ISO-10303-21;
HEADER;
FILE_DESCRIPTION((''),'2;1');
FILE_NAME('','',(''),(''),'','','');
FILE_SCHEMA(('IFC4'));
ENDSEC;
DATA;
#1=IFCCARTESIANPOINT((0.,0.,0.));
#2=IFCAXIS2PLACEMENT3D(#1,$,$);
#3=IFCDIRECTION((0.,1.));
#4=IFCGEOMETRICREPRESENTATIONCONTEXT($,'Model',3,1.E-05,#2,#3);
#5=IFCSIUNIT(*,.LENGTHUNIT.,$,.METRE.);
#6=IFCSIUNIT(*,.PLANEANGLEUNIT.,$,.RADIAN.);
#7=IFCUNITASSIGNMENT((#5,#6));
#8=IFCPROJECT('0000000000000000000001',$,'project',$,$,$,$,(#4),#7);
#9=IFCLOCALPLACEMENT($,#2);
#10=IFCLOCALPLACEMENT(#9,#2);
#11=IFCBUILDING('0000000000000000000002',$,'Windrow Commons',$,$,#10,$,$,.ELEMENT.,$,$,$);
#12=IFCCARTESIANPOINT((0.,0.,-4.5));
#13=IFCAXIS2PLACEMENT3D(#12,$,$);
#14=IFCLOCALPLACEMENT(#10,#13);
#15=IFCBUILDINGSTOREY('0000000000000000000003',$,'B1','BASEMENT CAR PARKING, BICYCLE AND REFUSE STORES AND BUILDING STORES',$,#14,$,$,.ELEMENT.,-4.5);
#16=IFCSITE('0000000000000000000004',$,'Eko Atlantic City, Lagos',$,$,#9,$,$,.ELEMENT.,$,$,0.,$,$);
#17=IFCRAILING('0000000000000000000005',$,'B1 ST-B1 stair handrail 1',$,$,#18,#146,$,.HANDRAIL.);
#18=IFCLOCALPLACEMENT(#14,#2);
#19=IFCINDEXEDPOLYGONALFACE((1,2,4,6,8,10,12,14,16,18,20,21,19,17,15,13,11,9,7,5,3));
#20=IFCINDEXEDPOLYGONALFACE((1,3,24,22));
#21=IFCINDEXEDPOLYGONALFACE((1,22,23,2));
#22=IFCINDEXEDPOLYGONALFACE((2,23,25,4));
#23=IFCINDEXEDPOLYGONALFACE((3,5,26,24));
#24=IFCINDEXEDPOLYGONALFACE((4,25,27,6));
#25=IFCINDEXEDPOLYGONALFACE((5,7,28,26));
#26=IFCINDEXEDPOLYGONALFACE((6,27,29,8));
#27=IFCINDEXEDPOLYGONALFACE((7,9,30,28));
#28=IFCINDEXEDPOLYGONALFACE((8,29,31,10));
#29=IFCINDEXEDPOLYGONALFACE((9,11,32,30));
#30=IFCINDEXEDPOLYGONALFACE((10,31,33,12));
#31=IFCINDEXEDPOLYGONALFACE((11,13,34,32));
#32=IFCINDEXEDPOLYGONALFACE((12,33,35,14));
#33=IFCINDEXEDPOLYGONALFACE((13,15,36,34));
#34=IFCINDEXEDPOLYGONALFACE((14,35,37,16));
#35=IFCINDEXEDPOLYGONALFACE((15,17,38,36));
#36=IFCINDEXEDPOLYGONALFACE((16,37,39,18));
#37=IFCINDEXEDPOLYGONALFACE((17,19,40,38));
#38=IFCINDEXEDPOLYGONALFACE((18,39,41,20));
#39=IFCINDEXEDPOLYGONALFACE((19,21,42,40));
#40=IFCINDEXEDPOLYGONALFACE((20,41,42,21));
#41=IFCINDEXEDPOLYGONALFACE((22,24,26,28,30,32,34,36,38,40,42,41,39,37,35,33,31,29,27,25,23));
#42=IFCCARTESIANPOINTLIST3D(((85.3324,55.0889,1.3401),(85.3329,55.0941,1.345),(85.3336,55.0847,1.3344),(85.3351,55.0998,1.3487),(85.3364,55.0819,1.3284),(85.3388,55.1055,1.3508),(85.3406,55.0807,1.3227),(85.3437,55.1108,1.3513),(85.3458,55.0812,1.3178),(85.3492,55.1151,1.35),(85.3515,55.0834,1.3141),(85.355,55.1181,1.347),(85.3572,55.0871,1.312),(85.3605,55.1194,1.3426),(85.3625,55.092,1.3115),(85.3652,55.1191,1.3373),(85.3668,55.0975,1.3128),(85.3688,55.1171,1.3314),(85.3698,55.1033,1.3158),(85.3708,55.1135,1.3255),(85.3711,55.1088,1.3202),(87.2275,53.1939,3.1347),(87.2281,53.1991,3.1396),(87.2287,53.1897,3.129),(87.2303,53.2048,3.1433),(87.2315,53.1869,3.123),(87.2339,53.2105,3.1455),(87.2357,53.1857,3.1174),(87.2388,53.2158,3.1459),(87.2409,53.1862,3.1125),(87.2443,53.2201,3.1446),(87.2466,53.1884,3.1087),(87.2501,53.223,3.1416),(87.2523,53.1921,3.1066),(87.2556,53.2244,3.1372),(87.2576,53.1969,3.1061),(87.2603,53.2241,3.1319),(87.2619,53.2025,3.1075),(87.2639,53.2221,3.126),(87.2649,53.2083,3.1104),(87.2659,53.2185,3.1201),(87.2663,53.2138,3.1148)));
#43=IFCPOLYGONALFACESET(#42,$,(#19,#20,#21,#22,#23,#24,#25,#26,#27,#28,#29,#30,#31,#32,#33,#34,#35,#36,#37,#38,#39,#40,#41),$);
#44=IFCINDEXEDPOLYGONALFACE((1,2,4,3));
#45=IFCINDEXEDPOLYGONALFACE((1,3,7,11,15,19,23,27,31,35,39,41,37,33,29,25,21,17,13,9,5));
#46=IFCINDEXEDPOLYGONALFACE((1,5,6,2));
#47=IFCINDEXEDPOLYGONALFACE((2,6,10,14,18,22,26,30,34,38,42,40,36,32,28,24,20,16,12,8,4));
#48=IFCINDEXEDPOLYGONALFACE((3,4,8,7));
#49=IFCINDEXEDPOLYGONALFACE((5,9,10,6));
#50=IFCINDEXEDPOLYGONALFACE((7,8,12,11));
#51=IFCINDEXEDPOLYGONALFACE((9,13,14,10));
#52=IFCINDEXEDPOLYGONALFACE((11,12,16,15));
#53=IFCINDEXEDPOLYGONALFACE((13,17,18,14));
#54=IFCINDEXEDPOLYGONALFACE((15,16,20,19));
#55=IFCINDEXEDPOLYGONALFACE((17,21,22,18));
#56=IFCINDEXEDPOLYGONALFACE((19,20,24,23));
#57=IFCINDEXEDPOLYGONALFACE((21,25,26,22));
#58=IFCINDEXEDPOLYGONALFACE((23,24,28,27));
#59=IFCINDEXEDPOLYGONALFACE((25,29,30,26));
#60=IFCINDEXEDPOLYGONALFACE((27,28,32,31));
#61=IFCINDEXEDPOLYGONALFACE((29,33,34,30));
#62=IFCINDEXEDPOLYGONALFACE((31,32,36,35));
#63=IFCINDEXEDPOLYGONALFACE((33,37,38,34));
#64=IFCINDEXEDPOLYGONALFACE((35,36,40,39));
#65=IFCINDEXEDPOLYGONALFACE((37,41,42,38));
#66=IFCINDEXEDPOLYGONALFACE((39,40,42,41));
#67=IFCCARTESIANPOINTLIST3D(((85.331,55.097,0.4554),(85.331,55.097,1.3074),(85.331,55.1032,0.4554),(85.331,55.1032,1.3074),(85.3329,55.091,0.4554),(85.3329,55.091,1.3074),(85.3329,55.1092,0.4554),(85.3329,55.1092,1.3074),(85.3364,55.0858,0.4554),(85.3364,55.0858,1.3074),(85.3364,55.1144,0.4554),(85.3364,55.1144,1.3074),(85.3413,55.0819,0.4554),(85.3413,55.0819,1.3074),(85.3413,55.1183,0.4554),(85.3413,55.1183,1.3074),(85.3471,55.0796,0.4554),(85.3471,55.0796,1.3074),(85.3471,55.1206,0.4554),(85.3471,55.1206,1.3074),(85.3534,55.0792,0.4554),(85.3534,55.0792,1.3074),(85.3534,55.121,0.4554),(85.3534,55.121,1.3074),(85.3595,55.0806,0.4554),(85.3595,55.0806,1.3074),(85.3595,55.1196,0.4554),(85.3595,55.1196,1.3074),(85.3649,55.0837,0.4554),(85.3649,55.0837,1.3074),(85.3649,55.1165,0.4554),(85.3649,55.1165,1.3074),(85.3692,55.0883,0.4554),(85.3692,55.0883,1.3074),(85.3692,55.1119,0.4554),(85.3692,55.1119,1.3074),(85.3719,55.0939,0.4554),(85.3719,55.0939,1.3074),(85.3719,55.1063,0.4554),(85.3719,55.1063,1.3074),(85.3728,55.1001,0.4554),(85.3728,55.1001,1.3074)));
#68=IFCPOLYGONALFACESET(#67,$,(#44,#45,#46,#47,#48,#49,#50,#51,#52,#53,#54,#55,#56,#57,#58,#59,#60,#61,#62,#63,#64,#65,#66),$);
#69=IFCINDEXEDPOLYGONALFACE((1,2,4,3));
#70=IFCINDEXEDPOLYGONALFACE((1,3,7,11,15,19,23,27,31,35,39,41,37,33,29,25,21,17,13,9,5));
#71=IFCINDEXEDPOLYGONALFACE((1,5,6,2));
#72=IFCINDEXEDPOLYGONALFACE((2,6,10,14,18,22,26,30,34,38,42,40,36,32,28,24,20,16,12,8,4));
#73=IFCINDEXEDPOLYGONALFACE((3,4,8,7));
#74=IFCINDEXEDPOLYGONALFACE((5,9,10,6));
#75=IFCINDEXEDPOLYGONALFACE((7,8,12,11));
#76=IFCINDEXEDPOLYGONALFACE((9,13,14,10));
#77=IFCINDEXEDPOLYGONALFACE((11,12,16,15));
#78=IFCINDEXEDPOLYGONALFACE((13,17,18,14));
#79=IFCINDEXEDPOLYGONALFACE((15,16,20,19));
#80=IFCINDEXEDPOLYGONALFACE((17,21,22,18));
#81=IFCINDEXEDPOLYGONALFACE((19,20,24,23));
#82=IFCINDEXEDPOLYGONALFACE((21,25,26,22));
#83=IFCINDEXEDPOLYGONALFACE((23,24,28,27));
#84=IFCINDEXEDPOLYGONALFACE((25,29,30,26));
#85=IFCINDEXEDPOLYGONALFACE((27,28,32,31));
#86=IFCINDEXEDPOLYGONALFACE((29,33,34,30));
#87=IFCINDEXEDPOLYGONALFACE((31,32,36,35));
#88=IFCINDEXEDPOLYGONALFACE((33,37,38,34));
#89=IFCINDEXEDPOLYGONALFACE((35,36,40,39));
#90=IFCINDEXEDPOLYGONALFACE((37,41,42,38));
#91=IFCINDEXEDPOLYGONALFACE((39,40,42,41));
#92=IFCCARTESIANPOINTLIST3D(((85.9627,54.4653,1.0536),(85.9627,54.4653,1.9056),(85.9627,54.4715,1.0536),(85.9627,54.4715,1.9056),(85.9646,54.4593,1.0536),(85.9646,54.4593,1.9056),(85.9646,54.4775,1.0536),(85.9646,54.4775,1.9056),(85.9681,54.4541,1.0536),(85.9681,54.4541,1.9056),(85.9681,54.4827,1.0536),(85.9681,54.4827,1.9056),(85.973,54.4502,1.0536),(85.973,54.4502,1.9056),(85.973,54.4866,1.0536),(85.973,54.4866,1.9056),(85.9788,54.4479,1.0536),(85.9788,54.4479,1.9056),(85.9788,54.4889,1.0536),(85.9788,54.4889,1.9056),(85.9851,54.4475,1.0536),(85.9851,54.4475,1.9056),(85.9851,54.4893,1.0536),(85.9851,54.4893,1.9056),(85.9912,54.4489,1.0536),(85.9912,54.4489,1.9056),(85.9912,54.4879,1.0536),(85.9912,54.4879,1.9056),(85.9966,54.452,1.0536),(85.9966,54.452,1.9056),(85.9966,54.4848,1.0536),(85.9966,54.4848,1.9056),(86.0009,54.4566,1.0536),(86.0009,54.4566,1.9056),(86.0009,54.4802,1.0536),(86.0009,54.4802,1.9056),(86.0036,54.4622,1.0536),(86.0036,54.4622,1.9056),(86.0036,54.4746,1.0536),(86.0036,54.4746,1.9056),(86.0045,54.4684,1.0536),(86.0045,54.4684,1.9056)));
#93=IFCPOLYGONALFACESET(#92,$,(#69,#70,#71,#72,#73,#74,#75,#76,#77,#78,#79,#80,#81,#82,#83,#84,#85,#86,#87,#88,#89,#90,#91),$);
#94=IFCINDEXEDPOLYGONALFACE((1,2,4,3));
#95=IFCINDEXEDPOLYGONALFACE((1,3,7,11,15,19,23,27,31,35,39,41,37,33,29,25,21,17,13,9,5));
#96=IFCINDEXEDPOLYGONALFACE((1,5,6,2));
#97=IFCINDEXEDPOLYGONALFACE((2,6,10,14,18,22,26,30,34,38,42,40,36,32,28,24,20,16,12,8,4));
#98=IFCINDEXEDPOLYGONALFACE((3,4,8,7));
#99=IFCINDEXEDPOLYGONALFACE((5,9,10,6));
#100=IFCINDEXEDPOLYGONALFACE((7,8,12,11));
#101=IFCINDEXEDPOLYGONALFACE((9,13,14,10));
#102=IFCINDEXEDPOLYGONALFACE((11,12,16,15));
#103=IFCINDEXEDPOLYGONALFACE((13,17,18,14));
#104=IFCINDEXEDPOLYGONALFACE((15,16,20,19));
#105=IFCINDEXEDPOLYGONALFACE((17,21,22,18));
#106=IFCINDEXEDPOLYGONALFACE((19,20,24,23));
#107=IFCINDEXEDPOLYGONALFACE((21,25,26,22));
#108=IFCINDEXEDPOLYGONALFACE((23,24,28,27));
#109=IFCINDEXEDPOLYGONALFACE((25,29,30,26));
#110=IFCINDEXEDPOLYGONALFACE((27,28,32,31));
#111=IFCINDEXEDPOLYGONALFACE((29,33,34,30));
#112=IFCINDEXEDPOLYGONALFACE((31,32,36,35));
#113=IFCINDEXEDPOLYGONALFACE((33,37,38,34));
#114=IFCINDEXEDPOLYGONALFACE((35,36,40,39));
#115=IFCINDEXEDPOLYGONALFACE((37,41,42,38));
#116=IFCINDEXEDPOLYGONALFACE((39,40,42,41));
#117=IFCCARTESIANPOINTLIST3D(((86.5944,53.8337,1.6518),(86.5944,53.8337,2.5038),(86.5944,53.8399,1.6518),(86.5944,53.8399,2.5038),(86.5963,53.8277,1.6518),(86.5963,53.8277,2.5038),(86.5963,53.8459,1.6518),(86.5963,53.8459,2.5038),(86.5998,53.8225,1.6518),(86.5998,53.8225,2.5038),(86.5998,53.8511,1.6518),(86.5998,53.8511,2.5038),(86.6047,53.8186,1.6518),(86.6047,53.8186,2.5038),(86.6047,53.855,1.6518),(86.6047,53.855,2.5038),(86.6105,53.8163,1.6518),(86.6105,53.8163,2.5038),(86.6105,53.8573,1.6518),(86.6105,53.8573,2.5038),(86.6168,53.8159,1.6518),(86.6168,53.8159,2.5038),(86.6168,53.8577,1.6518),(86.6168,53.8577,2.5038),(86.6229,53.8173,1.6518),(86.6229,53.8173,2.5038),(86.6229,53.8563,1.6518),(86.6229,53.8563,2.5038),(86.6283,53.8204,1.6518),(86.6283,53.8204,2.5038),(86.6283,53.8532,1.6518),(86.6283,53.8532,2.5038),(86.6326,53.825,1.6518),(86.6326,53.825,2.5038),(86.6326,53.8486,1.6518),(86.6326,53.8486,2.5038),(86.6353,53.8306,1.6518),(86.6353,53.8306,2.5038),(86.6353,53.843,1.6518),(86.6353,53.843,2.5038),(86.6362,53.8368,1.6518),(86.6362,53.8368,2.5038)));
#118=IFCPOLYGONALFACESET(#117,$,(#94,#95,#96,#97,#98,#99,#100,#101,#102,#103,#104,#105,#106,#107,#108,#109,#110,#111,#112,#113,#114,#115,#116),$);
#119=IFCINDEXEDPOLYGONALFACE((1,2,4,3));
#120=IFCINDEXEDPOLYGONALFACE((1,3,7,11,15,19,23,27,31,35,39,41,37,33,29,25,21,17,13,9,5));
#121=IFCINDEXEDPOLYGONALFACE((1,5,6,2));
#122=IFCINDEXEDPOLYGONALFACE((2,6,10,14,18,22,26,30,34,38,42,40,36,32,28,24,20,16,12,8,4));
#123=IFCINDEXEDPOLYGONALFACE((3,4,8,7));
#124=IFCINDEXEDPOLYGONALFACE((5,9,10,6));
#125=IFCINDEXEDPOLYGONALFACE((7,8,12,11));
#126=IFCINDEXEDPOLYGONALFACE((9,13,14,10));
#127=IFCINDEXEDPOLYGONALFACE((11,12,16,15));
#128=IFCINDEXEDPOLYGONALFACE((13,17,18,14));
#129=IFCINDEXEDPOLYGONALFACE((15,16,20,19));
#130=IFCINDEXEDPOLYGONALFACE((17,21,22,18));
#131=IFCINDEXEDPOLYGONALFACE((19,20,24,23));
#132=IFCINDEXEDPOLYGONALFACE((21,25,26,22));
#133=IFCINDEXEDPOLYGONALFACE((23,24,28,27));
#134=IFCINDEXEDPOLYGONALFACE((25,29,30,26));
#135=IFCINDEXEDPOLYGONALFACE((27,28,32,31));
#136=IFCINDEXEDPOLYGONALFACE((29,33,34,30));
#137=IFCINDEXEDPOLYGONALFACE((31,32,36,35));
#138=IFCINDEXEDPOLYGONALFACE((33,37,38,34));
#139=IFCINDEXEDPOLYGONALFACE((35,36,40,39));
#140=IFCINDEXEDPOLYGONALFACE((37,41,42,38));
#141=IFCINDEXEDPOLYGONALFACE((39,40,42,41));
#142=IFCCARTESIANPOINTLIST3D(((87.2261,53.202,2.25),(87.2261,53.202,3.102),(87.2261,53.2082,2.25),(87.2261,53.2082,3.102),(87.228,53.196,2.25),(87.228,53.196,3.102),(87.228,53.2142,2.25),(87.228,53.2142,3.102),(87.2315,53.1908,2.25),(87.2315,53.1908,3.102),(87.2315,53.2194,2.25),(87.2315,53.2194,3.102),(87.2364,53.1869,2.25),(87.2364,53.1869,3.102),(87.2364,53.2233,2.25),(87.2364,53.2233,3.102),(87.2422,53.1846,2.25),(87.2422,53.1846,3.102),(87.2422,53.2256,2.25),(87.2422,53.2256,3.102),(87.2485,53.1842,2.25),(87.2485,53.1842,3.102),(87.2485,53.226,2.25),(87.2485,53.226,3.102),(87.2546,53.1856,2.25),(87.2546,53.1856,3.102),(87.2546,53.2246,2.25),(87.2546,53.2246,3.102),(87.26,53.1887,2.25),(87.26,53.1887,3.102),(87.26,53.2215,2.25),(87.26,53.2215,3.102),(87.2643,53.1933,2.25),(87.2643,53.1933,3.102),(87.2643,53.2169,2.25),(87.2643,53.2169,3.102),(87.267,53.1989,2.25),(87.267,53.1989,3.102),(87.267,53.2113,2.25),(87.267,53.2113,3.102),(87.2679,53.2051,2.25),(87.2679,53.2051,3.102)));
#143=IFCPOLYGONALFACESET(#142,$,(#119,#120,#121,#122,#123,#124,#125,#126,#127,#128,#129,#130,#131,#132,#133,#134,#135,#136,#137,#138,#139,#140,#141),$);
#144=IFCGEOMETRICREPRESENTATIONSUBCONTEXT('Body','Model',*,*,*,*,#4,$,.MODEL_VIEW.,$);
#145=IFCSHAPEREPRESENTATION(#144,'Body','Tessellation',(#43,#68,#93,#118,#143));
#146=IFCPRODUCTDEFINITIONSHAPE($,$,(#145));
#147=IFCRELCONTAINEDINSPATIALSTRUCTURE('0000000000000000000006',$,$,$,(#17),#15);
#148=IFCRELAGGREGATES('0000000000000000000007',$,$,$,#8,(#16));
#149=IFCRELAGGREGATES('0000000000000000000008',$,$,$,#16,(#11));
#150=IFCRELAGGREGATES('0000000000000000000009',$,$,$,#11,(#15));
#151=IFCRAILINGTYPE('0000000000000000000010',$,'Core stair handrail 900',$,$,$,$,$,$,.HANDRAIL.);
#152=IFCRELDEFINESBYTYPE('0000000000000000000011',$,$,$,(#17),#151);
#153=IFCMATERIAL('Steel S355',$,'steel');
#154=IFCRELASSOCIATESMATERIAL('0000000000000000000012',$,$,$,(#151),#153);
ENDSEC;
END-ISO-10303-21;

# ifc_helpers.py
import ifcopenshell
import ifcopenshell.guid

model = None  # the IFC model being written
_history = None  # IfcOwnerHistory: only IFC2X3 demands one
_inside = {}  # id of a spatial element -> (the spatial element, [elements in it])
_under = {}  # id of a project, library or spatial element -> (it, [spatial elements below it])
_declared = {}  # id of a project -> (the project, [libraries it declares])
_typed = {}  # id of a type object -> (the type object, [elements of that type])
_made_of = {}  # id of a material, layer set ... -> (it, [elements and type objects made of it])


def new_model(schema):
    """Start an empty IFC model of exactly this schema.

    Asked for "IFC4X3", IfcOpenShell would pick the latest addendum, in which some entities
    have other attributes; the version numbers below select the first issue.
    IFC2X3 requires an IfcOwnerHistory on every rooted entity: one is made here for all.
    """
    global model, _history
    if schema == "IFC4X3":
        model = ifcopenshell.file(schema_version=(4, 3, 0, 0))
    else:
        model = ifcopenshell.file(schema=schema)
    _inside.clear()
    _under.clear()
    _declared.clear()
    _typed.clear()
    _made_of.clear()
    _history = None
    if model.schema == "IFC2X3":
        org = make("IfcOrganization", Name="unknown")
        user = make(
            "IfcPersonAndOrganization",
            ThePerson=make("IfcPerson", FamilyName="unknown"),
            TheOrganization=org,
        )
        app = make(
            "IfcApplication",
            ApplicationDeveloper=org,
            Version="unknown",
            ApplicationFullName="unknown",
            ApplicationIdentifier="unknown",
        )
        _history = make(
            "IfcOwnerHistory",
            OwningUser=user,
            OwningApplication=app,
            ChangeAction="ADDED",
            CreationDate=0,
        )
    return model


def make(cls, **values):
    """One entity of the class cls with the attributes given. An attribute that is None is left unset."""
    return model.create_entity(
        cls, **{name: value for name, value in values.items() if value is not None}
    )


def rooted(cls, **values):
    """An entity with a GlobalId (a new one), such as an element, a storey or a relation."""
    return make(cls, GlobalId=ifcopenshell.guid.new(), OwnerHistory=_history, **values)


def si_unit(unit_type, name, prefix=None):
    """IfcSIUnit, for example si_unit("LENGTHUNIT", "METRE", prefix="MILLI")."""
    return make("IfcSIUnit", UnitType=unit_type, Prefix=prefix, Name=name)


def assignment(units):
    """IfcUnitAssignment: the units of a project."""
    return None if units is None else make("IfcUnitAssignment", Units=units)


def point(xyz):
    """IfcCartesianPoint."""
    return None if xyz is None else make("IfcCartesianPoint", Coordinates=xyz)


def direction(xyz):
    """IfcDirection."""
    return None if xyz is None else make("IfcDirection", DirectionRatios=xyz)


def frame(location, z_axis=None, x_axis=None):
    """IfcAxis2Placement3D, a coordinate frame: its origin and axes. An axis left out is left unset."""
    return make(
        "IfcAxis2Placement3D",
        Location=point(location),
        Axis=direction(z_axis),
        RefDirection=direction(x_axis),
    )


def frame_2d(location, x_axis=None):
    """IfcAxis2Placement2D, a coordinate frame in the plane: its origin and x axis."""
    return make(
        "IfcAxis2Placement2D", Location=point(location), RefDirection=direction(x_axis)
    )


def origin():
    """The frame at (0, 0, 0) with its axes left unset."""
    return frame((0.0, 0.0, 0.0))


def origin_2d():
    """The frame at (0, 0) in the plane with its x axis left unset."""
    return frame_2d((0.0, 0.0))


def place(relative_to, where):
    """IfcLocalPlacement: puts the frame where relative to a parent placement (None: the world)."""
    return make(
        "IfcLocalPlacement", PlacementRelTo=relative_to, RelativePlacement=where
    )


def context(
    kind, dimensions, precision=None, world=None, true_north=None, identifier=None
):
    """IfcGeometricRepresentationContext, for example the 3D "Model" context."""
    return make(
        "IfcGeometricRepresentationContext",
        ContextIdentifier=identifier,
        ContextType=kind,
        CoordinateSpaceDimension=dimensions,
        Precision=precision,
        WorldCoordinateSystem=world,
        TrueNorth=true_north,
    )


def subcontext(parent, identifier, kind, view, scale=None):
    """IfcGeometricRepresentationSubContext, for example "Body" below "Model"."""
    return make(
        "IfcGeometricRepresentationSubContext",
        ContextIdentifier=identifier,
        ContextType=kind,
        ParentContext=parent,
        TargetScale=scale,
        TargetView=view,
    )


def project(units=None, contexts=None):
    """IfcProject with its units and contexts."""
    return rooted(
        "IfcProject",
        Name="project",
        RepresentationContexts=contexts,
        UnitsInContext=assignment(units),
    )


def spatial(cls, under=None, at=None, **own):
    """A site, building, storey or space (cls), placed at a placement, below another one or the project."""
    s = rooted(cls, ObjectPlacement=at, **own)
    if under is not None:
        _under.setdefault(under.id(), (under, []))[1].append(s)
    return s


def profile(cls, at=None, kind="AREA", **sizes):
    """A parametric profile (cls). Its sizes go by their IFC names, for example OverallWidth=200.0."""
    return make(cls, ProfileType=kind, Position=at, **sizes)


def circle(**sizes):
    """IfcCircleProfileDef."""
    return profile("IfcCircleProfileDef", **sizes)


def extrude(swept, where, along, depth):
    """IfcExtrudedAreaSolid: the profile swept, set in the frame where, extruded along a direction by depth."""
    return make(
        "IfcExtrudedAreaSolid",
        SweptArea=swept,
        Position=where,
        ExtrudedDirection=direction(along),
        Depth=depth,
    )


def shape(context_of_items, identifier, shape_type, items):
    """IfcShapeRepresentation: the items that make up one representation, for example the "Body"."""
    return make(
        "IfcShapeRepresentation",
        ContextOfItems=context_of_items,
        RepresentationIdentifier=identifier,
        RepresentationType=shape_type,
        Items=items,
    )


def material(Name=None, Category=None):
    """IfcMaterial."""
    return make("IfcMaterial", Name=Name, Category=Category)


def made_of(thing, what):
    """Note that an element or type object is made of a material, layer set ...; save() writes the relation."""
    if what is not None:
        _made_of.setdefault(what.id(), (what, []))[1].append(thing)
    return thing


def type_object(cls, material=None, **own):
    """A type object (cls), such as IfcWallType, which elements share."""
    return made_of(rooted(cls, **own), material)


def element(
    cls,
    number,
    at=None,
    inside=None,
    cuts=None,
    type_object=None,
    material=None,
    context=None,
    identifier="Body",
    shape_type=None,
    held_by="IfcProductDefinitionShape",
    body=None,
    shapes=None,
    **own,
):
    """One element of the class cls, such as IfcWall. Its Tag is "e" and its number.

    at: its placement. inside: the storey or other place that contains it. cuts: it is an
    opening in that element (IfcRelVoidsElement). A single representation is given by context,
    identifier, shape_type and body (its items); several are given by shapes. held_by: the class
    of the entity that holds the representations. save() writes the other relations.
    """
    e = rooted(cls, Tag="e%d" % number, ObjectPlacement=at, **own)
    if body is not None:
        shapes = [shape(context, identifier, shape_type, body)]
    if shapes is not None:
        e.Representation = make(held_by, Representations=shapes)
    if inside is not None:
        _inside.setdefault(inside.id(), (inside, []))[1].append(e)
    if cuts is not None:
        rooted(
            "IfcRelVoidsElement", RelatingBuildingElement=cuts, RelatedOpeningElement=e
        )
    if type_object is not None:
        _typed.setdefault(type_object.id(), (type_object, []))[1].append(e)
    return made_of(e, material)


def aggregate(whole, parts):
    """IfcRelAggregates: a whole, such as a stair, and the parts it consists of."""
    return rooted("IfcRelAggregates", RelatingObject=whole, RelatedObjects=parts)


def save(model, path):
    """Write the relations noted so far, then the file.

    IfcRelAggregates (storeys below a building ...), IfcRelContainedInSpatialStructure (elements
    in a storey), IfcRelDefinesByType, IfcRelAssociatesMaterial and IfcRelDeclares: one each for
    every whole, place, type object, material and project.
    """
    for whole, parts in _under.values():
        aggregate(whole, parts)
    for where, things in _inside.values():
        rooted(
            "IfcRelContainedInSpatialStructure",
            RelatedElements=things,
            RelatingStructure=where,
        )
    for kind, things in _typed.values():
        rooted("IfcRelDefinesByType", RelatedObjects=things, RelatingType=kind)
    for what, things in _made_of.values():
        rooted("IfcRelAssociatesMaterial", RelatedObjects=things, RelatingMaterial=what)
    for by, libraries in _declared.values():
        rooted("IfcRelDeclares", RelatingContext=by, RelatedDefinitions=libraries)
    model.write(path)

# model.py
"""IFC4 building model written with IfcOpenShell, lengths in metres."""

from ifc_helpers import new_model, si_unit, direction, frame, origin, origin_2d, place, context, subcontext, project, spatial, circle, extrude, material, type_object, element, save


model = new_model("IFC4")

# Units and contexts
model_context = context("Model", 3, precision=1e-05, world=origin(), true_north=direction((0.0, 1.0)))
body_context = subcontext(model_context, "Body", "Model", "MODEL_VIEW")
ifc_project = project(units=[si_unit("LENGTHUNIT", "METRE"), si_unit("PLANEANGLEUNIT", "RADIAN")], contexts=[model_context])

# Site, building, storey
site_placement = place(None, origin())
site = spatial("IfcSite", under=ifc_project, at=site_placement, Name="Eko Atlantic City, Lagos", CompositionType="ELEMENT", RefElevation=0.0)
building_placement = place(site_placement, origin())
building = spatial("IfcBuilding", under=site, at=building_placement, Name="Windrow Commons", CompositionType="ELEMENT")
storey_placement = place(building_placement, frame((0.0, 0.0, -4.5)))
storey = spatial("IfcBuildingStorey", under=building, at=storey_placement, Name="B1", Description="BASEMENT CAR PARKING, BICYCLE AND REFUSE STORES AND BUILDING STORES", CompositionType="ELEMENT", Elevation=-4.5)

# Railing
ifc_material_1 = material(Name="Steel S355", Category="steel")
railing_type_1 = type_object("IfcRailingType", Name="Core stair handrail 900", PredefinedType="HANDRAIL", material=ifc_material_1)
railing_1_placement = place(storey_placement, frame((85.3518, 55.1001, 0.4554)))
element("IfcRailing", 1, at=railing_1_placement, inside=storey, type_object=railing_type_1, Name="B1 ST-B1 stair handrail 1", PredefinedType="HANDRAIL", context=body_context, shape_type="SweptSolid", body=[
    extrude(circle(Radius=0.024, at=origin_2d()), frame((0.0, 0.0, 0.876), z_axis=(0.58756, -0.587529, 0.556401), x_axis=(0.707088, 0.707125, 0.0)), (0.0, 0.0, 1.0), 3.2254),
    extrude(circle(Radius=0.021, at=origin_2d()), origin(), (0.0, 0.0, 1.0), 0.852),
    extrude(circle(Radius=0.021, at=origin_2d()), frame((0.6317, -0.6317, 0.5982)), (0.0, 0.0, 1.0), 0.852),
    extrude(circle(Radius=0.021, at=origin_2d()), frame((1.2634, -1.2633, 1.1964)), (0.0, 0.0, 1.0), 0.852),
    extrude(circle(Radius=0.021, at=origin_2d()), frame((1.8951, -1.895, 1.7946)), (0.0, 0.0, 1.0), 0.852),
])

save(model, "model.ifc")
